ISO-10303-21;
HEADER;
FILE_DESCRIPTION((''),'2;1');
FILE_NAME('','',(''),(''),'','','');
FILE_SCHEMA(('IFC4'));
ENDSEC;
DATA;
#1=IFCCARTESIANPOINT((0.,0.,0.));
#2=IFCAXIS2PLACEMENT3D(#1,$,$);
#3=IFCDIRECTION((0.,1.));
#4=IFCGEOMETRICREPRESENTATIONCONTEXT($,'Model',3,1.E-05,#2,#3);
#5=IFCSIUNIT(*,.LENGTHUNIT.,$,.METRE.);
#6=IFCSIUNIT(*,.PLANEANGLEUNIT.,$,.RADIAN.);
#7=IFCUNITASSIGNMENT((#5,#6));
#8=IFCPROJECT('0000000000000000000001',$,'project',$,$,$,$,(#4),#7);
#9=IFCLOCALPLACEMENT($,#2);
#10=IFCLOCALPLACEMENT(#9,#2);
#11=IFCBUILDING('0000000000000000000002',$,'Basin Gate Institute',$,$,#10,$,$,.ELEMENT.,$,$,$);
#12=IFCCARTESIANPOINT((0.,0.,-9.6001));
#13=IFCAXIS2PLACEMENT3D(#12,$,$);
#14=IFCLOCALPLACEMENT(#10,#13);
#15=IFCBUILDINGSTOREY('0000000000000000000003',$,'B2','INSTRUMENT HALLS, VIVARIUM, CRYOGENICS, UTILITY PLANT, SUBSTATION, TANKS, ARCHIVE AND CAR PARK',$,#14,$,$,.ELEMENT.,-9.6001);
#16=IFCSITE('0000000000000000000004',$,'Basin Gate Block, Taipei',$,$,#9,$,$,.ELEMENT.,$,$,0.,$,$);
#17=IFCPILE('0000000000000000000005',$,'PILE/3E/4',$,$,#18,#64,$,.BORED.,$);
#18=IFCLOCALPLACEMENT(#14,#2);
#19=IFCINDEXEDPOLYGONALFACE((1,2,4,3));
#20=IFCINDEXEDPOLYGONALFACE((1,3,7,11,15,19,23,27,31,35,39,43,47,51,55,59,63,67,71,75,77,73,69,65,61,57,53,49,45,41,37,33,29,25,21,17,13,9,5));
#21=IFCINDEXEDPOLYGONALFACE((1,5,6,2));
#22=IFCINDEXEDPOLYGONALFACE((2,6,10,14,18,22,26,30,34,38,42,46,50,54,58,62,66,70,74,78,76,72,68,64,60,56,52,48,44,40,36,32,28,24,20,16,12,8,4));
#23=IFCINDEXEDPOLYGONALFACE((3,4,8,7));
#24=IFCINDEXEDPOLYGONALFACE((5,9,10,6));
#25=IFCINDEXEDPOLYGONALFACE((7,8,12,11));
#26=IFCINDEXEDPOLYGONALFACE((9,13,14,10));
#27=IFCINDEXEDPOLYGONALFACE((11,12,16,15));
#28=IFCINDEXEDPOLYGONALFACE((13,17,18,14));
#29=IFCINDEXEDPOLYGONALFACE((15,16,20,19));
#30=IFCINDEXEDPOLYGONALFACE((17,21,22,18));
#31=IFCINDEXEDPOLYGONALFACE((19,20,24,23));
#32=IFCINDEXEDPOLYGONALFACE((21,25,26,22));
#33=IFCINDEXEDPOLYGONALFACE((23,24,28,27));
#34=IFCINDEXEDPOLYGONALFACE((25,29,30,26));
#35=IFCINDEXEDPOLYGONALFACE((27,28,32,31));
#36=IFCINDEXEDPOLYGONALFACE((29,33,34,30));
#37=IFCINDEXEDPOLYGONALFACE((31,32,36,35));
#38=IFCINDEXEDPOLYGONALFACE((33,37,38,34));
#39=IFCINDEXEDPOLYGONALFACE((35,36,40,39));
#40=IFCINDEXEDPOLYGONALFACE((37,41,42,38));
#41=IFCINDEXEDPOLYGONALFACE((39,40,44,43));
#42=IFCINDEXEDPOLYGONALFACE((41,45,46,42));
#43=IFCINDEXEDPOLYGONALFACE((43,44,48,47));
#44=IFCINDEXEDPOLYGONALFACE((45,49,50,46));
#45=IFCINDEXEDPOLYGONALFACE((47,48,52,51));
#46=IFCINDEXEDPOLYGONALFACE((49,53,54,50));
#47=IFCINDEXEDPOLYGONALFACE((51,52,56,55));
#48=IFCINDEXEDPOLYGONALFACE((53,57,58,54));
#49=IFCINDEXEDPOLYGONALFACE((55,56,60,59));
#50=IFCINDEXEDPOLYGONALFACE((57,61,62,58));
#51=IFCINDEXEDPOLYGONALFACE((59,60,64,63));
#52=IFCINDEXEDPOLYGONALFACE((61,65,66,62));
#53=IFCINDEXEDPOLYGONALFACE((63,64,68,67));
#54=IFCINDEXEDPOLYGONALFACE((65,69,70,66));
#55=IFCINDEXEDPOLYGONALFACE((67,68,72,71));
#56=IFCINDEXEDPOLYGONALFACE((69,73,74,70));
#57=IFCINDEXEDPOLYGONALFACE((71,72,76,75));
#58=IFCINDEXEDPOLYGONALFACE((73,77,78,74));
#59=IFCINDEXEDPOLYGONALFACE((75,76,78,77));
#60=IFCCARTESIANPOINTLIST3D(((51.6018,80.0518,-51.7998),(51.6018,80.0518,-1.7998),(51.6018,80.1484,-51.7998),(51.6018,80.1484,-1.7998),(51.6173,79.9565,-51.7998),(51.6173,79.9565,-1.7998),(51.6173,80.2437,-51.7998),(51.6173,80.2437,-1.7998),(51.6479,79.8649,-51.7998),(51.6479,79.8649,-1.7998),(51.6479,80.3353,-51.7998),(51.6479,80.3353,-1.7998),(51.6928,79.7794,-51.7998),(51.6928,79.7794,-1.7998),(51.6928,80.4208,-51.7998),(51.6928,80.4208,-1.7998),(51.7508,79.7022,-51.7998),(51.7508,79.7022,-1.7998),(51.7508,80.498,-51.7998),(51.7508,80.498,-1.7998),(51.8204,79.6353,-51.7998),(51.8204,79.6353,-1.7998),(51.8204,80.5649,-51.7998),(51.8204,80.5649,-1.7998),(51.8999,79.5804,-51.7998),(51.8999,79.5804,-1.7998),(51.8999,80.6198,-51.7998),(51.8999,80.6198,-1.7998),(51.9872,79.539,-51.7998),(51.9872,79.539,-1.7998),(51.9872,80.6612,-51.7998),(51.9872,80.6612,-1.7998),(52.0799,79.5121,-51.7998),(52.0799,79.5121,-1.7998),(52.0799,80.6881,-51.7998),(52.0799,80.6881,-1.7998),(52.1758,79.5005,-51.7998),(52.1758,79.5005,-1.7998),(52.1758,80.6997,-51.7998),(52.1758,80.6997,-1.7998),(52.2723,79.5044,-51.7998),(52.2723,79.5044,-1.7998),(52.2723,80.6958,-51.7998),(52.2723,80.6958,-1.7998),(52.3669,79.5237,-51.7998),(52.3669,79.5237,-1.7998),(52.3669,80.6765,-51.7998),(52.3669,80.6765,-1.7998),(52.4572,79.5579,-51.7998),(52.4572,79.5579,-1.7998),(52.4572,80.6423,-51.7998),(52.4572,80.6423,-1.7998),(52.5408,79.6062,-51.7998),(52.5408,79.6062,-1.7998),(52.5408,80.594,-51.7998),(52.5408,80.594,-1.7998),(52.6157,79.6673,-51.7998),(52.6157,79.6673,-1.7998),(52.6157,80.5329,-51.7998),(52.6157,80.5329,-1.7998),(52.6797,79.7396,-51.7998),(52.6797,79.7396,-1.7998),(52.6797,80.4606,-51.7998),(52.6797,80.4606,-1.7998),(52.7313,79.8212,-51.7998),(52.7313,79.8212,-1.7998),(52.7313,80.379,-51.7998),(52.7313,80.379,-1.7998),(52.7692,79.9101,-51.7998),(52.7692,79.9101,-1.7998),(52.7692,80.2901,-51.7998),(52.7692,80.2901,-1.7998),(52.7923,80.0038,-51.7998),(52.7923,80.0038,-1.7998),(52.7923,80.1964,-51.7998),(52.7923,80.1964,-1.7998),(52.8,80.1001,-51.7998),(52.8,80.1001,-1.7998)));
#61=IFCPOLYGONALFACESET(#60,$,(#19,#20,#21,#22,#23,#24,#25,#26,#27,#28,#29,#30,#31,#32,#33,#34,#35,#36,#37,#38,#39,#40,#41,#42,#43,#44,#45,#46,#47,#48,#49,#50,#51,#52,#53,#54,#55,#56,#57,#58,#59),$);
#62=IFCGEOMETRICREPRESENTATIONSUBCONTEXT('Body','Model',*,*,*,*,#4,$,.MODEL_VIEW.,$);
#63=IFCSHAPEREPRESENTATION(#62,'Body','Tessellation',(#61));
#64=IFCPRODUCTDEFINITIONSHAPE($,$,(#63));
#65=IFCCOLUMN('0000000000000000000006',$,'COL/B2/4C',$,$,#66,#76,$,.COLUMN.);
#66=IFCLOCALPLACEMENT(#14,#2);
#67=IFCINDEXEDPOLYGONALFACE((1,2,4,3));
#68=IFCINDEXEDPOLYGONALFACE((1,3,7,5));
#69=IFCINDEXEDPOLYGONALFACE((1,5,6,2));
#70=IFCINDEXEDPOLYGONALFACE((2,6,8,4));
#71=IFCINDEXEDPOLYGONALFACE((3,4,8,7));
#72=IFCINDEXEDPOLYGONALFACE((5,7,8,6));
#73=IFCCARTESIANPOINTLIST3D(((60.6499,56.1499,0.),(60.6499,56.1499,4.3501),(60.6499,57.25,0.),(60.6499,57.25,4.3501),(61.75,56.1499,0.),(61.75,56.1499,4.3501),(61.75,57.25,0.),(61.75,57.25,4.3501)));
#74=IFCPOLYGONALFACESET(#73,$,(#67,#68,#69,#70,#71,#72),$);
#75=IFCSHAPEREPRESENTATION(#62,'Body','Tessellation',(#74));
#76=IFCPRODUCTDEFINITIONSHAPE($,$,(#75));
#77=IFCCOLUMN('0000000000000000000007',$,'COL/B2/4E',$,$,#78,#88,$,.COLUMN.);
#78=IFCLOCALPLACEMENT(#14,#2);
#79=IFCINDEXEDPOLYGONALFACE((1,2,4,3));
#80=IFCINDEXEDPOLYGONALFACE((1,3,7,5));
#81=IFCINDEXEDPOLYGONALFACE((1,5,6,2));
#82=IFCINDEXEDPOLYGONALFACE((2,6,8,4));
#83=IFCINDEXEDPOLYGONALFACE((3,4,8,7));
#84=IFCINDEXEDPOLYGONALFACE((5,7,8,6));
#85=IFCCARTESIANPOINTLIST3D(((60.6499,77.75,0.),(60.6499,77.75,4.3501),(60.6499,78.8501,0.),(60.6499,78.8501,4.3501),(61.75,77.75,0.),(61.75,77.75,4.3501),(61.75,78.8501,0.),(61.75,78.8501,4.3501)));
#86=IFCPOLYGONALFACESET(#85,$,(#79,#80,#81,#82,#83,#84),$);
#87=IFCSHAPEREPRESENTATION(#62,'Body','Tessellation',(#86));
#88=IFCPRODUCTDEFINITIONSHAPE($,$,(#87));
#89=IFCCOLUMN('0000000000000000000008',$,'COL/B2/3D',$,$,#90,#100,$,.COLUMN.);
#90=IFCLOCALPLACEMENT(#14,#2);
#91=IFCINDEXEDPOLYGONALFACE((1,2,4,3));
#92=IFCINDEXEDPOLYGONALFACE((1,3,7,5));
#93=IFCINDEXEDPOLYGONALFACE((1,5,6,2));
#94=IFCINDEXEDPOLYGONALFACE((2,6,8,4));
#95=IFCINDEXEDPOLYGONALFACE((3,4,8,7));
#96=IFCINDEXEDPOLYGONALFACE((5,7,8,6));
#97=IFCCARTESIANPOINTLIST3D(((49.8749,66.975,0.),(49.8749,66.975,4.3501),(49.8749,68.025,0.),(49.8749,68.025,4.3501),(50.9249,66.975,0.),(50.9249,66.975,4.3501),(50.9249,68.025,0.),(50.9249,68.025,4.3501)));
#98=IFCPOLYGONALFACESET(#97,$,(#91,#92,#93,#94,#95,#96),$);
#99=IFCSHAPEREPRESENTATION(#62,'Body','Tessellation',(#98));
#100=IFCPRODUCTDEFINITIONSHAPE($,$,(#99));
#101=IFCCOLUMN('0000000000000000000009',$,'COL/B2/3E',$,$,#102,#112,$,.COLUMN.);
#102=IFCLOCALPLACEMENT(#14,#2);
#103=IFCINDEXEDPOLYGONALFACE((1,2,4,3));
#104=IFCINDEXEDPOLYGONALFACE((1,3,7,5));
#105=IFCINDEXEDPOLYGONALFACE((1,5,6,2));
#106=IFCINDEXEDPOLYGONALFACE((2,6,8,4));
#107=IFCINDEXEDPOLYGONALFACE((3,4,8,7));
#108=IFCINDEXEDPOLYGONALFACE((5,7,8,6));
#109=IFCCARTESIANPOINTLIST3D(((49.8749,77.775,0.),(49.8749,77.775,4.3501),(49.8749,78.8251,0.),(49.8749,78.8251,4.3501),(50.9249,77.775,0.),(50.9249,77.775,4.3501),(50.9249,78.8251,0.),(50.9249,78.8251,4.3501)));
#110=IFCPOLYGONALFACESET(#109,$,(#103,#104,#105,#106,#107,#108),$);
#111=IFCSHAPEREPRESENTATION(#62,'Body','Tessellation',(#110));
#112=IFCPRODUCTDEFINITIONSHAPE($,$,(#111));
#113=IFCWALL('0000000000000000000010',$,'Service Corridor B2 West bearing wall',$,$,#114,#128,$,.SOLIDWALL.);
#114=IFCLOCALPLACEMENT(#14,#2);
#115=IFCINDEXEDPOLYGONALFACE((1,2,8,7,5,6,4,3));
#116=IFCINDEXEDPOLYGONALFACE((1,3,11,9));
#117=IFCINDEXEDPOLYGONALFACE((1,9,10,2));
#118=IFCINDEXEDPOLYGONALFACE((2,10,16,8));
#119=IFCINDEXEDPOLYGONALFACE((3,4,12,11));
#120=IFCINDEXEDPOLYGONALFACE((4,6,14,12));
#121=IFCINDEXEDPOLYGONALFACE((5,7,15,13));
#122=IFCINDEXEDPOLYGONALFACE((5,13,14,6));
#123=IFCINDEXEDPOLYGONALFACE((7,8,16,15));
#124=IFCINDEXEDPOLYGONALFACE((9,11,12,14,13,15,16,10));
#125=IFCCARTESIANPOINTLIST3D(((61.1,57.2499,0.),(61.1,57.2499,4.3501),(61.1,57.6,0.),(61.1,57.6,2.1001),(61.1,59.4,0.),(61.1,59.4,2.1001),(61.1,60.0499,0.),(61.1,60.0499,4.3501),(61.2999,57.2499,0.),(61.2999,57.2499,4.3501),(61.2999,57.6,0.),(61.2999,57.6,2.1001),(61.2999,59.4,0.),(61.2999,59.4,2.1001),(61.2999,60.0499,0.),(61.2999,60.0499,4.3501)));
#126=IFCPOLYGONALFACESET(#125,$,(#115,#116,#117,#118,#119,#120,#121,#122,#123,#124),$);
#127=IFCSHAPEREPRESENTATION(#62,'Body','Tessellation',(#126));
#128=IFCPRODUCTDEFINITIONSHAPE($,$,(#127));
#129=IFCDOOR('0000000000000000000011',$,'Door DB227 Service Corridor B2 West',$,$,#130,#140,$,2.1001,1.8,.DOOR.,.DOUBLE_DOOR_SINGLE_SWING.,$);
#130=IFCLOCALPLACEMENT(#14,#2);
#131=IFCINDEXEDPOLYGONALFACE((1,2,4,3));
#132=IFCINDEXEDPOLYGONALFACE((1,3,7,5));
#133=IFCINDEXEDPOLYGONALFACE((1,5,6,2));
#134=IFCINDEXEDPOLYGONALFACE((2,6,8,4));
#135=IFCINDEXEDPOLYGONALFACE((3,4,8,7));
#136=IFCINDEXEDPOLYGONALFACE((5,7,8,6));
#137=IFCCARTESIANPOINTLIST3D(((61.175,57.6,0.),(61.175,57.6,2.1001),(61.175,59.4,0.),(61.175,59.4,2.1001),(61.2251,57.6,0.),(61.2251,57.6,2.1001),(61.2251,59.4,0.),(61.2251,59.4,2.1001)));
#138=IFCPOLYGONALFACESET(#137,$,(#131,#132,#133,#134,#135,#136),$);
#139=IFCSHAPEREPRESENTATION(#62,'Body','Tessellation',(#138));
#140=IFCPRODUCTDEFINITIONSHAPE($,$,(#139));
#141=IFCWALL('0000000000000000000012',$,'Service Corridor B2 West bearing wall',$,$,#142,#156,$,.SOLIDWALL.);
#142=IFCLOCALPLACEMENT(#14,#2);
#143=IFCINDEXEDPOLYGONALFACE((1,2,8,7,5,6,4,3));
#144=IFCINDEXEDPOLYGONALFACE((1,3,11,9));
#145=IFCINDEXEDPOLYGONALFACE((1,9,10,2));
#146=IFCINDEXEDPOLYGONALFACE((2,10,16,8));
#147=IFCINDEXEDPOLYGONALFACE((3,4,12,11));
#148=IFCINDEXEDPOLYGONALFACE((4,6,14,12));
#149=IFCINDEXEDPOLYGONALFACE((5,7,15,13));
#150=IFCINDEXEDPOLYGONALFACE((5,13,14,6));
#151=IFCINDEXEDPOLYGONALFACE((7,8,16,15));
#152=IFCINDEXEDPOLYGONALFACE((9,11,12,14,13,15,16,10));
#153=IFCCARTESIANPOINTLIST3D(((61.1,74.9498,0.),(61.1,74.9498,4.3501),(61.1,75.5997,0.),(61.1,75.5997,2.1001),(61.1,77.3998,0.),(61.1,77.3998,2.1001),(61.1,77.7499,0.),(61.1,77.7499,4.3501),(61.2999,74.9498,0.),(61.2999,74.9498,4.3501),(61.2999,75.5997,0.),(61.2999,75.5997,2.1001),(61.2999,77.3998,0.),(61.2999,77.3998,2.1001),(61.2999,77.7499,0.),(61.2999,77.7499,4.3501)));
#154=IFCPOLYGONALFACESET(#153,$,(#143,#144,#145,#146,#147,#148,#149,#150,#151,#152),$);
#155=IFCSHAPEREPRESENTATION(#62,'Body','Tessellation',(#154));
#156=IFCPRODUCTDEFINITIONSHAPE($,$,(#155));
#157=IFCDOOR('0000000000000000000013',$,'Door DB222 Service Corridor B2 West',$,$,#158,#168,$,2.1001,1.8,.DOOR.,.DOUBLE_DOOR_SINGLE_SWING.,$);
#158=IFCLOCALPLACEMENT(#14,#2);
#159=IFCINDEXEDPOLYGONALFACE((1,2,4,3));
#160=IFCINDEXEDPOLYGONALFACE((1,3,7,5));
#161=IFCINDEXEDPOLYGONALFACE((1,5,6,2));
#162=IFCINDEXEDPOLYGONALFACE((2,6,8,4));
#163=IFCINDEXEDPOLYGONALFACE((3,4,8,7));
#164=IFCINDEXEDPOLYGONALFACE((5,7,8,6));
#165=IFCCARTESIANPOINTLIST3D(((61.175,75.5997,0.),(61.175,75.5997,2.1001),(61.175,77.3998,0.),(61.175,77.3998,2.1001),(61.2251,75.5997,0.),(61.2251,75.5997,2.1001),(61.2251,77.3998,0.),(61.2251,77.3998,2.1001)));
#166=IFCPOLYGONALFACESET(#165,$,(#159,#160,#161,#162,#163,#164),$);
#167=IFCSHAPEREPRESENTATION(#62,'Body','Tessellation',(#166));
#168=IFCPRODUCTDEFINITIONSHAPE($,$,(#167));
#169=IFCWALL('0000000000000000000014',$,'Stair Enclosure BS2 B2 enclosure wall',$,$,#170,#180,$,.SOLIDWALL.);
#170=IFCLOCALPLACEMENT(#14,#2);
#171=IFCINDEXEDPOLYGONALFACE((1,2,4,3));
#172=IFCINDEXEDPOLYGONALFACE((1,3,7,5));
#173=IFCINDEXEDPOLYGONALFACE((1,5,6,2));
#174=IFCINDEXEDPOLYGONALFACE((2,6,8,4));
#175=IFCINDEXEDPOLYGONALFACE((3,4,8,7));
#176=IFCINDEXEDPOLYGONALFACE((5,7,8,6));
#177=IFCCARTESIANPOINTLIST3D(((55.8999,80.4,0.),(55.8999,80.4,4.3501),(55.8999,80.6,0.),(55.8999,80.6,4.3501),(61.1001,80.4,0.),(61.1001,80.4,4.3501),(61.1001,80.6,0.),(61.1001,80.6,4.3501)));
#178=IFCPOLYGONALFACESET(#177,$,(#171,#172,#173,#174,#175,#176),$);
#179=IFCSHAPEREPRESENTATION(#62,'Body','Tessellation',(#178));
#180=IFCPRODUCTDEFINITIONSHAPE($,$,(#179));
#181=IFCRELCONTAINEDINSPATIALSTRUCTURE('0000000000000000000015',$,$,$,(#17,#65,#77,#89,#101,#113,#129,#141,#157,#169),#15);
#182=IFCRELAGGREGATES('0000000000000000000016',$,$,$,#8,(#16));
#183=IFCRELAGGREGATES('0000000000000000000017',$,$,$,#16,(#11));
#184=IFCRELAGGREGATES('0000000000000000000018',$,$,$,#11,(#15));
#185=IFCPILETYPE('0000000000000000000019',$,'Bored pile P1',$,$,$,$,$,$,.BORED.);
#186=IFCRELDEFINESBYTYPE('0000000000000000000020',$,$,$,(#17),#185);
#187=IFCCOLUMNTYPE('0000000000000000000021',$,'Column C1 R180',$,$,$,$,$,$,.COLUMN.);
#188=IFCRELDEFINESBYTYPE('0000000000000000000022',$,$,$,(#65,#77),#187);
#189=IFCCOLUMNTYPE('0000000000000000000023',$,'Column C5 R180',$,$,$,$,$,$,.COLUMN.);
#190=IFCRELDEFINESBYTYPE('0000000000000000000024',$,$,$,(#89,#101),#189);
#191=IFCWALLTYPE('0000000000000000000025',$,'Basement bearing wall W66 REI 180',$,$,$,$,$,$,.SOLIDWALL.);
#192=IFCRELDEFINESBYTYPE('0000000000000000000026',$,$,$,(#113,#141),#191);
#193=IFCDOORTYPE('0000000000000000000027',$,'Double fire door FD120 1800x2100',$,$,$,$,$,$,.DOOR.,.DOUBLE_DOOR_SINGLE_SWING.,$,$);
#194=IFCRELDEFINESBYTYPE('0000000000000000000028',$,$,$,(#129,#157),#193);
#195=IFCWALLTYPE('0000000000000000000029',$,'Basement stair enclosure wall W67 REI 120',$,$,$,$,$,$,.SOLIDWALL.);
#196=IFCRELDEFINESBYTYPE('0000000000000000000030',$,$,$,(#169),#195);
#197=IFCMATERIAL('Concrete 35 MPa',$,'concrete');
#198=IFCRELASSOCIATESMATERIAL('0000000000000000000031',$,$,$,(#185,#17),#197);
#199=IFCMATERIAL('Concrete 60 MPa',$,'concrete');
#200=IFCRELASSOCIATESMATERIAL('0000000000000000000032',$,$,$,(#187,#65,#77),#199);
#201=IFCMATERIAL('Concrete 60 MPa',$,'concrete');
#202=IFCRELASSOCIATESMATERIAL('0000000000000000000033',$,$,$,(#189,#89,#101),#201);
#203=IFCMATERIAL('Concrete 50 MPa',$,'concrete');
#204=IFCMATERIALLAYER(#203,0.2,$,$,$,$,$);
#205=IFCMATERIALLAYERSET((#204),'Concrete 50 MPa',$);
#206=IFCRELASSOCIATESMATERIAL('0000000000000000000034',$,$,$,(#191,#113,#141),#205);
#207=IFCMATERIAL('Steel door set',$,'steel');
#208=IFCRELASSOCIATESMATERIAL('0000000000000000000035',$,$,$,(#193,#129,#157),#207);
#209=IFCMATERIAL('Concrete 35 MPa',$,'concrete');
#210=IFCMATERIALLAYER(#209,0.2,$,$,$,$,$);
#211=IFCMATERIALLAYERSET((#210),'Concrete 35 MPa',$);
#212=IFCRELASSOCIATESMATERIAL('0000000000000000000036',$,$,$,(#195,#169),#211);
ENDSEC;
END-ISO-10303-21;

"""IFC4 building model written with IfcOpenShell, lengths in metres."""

from ifc_helpers import new_model, si_unit, direction, frame, frame_2d, origin, origin_2d, place, context, subcontext, project, spatial, rectangle, circle, extrude, material, layer, layer_set, material_profile, profile_set, type_object, element, fill, save


model = new_model("IFC4")

# Units and contexts
model_context = context("Model", 3, precision=1e-05, world=origin(), true_north=direction((0.0, 1.0)))
body_context = subcontext(model_context, "Body", "Model", "MODEL_VIEW")
ifc_project = project(units=[si_unit("LENGTHUNIT", "METRE"), si_unit("PLANEANGLEUNIT", "RADIAN")], contexts=[model_context])

# Site, building, storey
site_placement = place(None, origin())
site = spatial("IfcSite", under=ifc_project, at=site_placement, Name="Basin Gate Block, Taipei", CompositionType="ELEMENT", RefElevation=0.0)
building_placement = place(site_placement, origin())
building = spatial("IfcBuilding", under=site, at=building_placement, Name="Basin Gate Institute", CompositionType="ELEMENT")
storey_placement = place(building_placement, frame((0.0, 0.0, -9.6001)))
storey = spatial("IfcBuildingStorey", under=building, at=storey_placement, Name="B2", Description="INSTRUMENT HALLS, VIVARIUM, CRYOGENICS, UTILITY PLANT, SUBSTATION, TANKS, ARCHIVE AND CAR PARK", CompositionType="ELEMENT", Elevation=-9.6001)

# Pile
ifc_material_1 = material(Name="Concrete 35 MPa", Category="concrete")
ifc_material_profile_1 = material_profile(ifc_material_1, circle(Radius=0.6001, at=origin_2d()), Name="Bored pile P1 1200 dia")
ifc_profile_set_1 = profile_set([ifc_material_profile_1], Name="Concrete 35 MPa")
pile_type = type_object("IfcPileType", Name="Bored pile P1", PredefinedType="BORED", material=ifc_profile_set_1)
for number, where, z_axis, x_axis, name in (
    (1, (52.2, 80.1001, -1.7998), (0.0, 0.0, -1.0), (1.0, 0.0, 0.0), "PILE/3E/4"),
):
    element("IfcPile", number, at=place(storey_placement, frame(where, z_axis=z_axis, x_axis=x_axis)), inside=storey, type_object=pile_type, material=ifc_profile_set_1, Name=name, PredefinedType="BORED", context=body_context, shape_type="SweptSolid", body=[
        extrude(circle(Radius=0.6001, at=origin_2d()), origin(), (0.0, 0.0, 1.0), 50.0),
    ])

# Columns
ifc_material_2 = material(Name="Concrete 60 MPa", Category="concrete")
ifc_material_profile_2 = material_profile(ifc_material_2, rectangle(XDim=1.1001, YDim=1.1001, at=origin_2d()), Name="Column C1 1100 x 1100")
ifc_profile_set_2 = profile_set([ifc_material_profile_2], Name="Concrete 60 MPa")
column_type_1 = type_object("IfcColumnType", Name="Column C1 R180", PredefinedType="COLUMN", material=ifc_profile_set_2)
for number, where, z_axis, x_axis, name in (
    (2, (61.2, 56.7, 0.0), (0.0, 0.0, 1.0), (1.0, 0.0, 0.0), "COL/B2/4C"),
    (3, (61.2, 78.3, 0.0), (0.0, 0.0, 1.0), (1.0, 0.0, 0.0), "COL/B2/4E"),
):
    element("IfcColumn", number, at=place(storey_placement, frame(where, z_axis=z_axis, x_axis=x_axis)), inside=storey, type_object=column_type_1, material=ifc_profile_set_2, Name=name, PredefinedType="COLUMN", context=body_context, shape_type="SweptSolid", body=[
        extrude(rectangle(XDim=1.1001, YDim=1.1001, at=origin_2d()), origin(), (0.0, 0.0, 1.0), 4.3501),
    ])
ifc_material_3 = material(Name="Concrete 60 MPa", Category="concrete")
ifc_material_profile_3 = material_profile(ifc_material_3, rectangle(XDim=1.05, YDim=1.05, at=origin_2d()), Name="Column C5 1050 x 1050")
ifc_profile_set_3 = profile_set([ifc_material_profile_3], Name="Concrete 60 MPa")
column_type_2 = type_object("IfcColumnType", Name="Column C5 R180", PredefinedType="COLUMN", material=ifc_profile_set_3)
for number, where, z_axis, x_axis, name in (
    (4, (50.3999, 67.5, 0.0), (0.0, 0.0, 1.0), (1.0, 0.0, 0.0), "COL/B2/3D"),
    (5, (50.3999, 78.3, 0.0), (0.0, 0.0, 1.0), (1.0, 0.0, 0.0), "COL/B2/3E"),
):
    element("IfcColumn", number, at=place(storey_placement, frame(where, z_axis=z_axis, x_axis=x_axis)), inside=storey, type_object=column_type_2, material=ifc_profile_set_3, Name=name, PredefinedType="COLUMN", context=body_context, shape_type="SweptSolid", body=[
        extrude(rectangle(XDim=1.05, YDim=1.05, at=origin_2d()), origin(), (0.0, 0.0, 1.0), 4.3501),
    ])

# Walls, openings, doors
ifc_material_4 = material(Name="Concrete 50 MPa", Category="concrete")
ifc_layer_1 = layer(ifc_material_4, 0.2)
ifc_layer_set_1 = layer_set([ifc_layer_1], Name="Concrete 50 MPa")
wall_type_1 = type_object("IfcWallType", Name="Basement bearing wall W66 REI 180", PredefinedType="SOLIDWALL", material=ifc_layer_set_1)
wall_1_placement = place(storey_placement, frame((61.2, 57.25, 0.0), z_axis=(0.0, 0.0, 1.0), x_axis=(0.0, 1.0, 0.0)))
wall_1 = element("IfcWall", 6, at=wall_1_placement, inside=storey, type_object=wall_type_1, material=ifc_layer_set_1, Name="Service Corridor B2 West bearing wall", PredefinedType="SOLIDWALL", context=body_context, shape_type="SweptSolid", body=[
    extrude(rectangle(XDim=2.8, YDim=0.2, at=frame_2d((1.3999, 0.0))), origin(), (0.0, 0.0, 1.0), 4.3501),
])
opening_1_placement = place(wall_1_placement, frame((0.3501, 0.0, 0.0)))
opening_1 = element("IfcOpeningElement", 7, at=opening_1_placement, cuts=wall_1, PredefinedType="OPENING", context=body_context, shape_type="SweptSolid", body=[
    extrude(rectangle(XDim=1.8, YDim=2.1001, at=frame_2d((0.8999, 1.05))), frame((0.0, 0.1099, 0.0), z_axis=(0.0, -1.0, 0.0), x_axis=(1.0, 0.0, 0.0)), (0.0, 0.0, 1.0), 0.22),
])
ifc_material_5 = material(Name="Steel door set", Category="steel")
door_type = type_object("IfcDoorType", Name="Double fire door FD120 1800x2100", OperationType="DOUBLE_DOOR_SINGLE_SWING", PredefinedType="DOOR", material=ifc_material_5)
door_1_placement = place(opening_1_placement, origin())
door_1 = element("IfcDoor", 8, at=door_1_placement, inside=storey, type_object=door_type, material=ifc_material_5, Name="Door DB227 Service Corridor B2 West", OperationType="DOUBLE_DOOR_SINGLE_SWING", OverallHeight=2.1001, OverallWidth=1.8, PredefinedType="DOOR", context=body_context, shape_type="SweptSolid", body=[
    extrude(rectangle(XDim=1.8, YDim=2.1001, at=frame_2d((0.8999, 1.05))), frame((0.0, 0.0249, 0.0), z_axis=(0.0, -1.0, 0.0), x_axis=(1.0, 0.0, 0.0)), (0.0, 0.0, 1.0), 0.05),
])
fill(opening_1, door_1)
wall_2_placement = place(storey_placement, frame((61.2, 74.95, 0.0), z_axis=(0.0, 0.0, 1.0), x_axis=(0.0, 1.0, 0.0)))
wall_2 = element("IfcWall", 9, at=wall_2_placement, inside=storey, type_object=wall_type_1, material=ifc_layer_set_1, Name="Service Corridor B2 West bearing wall", PredefinedType="SOLIDWALL", context=body_context, shape_type="SweptSolid", body=[
    extrude(rectangle(XDim=2.8, YDim=0.2, at=frame_2d((1.3999, 0.0))), origin(), (0.0, 0.0, 1.0), 4.3501),
])
opening_2_placement = place(wall_2_placement, frame((0.6499, 0.0, 0.0)))
opening_2 = element("IfcOpeningElement", 10, at=opening_2_placement, cuts=wall_2, PredefinedType="OPENING", context=body_context, shape_type="SweptSolid", body=[
    extrude(rectangle(XDim=1.8, YDim=2.1001, at=frame_2d((0.8999, 1.05))), frame((0.0, 0.1099, 0.0), z_axis=(0.0, -1.0, 0.0), x_axis=(1.0, 0.0, 0.0)), (0.0, 0.0, 1.0), 0.22),
])
door_2_placement = place(opening_2_placement, origin())
door_2 = element("IfcDoor", 11, at=door_2_placement, inside=storey, type_object=door_type, material=ifc_material_5, Name="Door DB222 Service Corridor B2 West", OperationType="DOUBLE_DOOR_SINGLE_SWING", OverallHeight=2.1001, OverallWidth=1.8, PredefinedType="DOOR", context=body_context, shape_type="SweptSolid", body=[
    extrude(rectangle(XDim=1.8, YDim=2.1001, at=frame_2d((0.8999, 1.05))), frame((0.0, 0.0249, 0.0), z_axis=(0.0, -1.0, 0.0), x_axis=(1.0, 0.0, 0.0)), (0.0, 0.0, 1.0), 0.05),
])
fill(opening_2, door_2)

# Wall
ifc_material_6 = material(Name="Concrete 35 MPa", Category="concrete")
ifc_layer_2 = layer(ifc_material_6, 0.2)
ifc_layer_set_2 = layer_set([ifc_layer_2], Name="Concrete 35 MPa")
wall_type_2 = type_object("IfcWallType", Name="Basement stair enclosure wall W67 REI 120", PredefinedType="SOLIDWALL", material=ifc_layer_set_2)
wall_3_placement = place(storey_placement, frame((55.8999, 80.5, 0.0), z_axis=(0.0, 0.0, 1.0), x_axis=(1.0, 0.0, 0.0)))
element("IfcWall", 12, at=wall_3_placement, inside=storey, type_object=wall_type_2, material=ifc_layer_set_2, Name="Stair Enclosure BS2 B2 enclosure wall", PredefinedType="SOLIDWALL", context=body_context, shape_type="SweptSolid", body=[
    extrude(rectangle(XDim=5.2002, YDim=0.2, at=frame_2d((2.6001, 0.0))), origin(), (0.0, 0.0, 1.0), 4.3501),
])

save(model, "model.ifc")
